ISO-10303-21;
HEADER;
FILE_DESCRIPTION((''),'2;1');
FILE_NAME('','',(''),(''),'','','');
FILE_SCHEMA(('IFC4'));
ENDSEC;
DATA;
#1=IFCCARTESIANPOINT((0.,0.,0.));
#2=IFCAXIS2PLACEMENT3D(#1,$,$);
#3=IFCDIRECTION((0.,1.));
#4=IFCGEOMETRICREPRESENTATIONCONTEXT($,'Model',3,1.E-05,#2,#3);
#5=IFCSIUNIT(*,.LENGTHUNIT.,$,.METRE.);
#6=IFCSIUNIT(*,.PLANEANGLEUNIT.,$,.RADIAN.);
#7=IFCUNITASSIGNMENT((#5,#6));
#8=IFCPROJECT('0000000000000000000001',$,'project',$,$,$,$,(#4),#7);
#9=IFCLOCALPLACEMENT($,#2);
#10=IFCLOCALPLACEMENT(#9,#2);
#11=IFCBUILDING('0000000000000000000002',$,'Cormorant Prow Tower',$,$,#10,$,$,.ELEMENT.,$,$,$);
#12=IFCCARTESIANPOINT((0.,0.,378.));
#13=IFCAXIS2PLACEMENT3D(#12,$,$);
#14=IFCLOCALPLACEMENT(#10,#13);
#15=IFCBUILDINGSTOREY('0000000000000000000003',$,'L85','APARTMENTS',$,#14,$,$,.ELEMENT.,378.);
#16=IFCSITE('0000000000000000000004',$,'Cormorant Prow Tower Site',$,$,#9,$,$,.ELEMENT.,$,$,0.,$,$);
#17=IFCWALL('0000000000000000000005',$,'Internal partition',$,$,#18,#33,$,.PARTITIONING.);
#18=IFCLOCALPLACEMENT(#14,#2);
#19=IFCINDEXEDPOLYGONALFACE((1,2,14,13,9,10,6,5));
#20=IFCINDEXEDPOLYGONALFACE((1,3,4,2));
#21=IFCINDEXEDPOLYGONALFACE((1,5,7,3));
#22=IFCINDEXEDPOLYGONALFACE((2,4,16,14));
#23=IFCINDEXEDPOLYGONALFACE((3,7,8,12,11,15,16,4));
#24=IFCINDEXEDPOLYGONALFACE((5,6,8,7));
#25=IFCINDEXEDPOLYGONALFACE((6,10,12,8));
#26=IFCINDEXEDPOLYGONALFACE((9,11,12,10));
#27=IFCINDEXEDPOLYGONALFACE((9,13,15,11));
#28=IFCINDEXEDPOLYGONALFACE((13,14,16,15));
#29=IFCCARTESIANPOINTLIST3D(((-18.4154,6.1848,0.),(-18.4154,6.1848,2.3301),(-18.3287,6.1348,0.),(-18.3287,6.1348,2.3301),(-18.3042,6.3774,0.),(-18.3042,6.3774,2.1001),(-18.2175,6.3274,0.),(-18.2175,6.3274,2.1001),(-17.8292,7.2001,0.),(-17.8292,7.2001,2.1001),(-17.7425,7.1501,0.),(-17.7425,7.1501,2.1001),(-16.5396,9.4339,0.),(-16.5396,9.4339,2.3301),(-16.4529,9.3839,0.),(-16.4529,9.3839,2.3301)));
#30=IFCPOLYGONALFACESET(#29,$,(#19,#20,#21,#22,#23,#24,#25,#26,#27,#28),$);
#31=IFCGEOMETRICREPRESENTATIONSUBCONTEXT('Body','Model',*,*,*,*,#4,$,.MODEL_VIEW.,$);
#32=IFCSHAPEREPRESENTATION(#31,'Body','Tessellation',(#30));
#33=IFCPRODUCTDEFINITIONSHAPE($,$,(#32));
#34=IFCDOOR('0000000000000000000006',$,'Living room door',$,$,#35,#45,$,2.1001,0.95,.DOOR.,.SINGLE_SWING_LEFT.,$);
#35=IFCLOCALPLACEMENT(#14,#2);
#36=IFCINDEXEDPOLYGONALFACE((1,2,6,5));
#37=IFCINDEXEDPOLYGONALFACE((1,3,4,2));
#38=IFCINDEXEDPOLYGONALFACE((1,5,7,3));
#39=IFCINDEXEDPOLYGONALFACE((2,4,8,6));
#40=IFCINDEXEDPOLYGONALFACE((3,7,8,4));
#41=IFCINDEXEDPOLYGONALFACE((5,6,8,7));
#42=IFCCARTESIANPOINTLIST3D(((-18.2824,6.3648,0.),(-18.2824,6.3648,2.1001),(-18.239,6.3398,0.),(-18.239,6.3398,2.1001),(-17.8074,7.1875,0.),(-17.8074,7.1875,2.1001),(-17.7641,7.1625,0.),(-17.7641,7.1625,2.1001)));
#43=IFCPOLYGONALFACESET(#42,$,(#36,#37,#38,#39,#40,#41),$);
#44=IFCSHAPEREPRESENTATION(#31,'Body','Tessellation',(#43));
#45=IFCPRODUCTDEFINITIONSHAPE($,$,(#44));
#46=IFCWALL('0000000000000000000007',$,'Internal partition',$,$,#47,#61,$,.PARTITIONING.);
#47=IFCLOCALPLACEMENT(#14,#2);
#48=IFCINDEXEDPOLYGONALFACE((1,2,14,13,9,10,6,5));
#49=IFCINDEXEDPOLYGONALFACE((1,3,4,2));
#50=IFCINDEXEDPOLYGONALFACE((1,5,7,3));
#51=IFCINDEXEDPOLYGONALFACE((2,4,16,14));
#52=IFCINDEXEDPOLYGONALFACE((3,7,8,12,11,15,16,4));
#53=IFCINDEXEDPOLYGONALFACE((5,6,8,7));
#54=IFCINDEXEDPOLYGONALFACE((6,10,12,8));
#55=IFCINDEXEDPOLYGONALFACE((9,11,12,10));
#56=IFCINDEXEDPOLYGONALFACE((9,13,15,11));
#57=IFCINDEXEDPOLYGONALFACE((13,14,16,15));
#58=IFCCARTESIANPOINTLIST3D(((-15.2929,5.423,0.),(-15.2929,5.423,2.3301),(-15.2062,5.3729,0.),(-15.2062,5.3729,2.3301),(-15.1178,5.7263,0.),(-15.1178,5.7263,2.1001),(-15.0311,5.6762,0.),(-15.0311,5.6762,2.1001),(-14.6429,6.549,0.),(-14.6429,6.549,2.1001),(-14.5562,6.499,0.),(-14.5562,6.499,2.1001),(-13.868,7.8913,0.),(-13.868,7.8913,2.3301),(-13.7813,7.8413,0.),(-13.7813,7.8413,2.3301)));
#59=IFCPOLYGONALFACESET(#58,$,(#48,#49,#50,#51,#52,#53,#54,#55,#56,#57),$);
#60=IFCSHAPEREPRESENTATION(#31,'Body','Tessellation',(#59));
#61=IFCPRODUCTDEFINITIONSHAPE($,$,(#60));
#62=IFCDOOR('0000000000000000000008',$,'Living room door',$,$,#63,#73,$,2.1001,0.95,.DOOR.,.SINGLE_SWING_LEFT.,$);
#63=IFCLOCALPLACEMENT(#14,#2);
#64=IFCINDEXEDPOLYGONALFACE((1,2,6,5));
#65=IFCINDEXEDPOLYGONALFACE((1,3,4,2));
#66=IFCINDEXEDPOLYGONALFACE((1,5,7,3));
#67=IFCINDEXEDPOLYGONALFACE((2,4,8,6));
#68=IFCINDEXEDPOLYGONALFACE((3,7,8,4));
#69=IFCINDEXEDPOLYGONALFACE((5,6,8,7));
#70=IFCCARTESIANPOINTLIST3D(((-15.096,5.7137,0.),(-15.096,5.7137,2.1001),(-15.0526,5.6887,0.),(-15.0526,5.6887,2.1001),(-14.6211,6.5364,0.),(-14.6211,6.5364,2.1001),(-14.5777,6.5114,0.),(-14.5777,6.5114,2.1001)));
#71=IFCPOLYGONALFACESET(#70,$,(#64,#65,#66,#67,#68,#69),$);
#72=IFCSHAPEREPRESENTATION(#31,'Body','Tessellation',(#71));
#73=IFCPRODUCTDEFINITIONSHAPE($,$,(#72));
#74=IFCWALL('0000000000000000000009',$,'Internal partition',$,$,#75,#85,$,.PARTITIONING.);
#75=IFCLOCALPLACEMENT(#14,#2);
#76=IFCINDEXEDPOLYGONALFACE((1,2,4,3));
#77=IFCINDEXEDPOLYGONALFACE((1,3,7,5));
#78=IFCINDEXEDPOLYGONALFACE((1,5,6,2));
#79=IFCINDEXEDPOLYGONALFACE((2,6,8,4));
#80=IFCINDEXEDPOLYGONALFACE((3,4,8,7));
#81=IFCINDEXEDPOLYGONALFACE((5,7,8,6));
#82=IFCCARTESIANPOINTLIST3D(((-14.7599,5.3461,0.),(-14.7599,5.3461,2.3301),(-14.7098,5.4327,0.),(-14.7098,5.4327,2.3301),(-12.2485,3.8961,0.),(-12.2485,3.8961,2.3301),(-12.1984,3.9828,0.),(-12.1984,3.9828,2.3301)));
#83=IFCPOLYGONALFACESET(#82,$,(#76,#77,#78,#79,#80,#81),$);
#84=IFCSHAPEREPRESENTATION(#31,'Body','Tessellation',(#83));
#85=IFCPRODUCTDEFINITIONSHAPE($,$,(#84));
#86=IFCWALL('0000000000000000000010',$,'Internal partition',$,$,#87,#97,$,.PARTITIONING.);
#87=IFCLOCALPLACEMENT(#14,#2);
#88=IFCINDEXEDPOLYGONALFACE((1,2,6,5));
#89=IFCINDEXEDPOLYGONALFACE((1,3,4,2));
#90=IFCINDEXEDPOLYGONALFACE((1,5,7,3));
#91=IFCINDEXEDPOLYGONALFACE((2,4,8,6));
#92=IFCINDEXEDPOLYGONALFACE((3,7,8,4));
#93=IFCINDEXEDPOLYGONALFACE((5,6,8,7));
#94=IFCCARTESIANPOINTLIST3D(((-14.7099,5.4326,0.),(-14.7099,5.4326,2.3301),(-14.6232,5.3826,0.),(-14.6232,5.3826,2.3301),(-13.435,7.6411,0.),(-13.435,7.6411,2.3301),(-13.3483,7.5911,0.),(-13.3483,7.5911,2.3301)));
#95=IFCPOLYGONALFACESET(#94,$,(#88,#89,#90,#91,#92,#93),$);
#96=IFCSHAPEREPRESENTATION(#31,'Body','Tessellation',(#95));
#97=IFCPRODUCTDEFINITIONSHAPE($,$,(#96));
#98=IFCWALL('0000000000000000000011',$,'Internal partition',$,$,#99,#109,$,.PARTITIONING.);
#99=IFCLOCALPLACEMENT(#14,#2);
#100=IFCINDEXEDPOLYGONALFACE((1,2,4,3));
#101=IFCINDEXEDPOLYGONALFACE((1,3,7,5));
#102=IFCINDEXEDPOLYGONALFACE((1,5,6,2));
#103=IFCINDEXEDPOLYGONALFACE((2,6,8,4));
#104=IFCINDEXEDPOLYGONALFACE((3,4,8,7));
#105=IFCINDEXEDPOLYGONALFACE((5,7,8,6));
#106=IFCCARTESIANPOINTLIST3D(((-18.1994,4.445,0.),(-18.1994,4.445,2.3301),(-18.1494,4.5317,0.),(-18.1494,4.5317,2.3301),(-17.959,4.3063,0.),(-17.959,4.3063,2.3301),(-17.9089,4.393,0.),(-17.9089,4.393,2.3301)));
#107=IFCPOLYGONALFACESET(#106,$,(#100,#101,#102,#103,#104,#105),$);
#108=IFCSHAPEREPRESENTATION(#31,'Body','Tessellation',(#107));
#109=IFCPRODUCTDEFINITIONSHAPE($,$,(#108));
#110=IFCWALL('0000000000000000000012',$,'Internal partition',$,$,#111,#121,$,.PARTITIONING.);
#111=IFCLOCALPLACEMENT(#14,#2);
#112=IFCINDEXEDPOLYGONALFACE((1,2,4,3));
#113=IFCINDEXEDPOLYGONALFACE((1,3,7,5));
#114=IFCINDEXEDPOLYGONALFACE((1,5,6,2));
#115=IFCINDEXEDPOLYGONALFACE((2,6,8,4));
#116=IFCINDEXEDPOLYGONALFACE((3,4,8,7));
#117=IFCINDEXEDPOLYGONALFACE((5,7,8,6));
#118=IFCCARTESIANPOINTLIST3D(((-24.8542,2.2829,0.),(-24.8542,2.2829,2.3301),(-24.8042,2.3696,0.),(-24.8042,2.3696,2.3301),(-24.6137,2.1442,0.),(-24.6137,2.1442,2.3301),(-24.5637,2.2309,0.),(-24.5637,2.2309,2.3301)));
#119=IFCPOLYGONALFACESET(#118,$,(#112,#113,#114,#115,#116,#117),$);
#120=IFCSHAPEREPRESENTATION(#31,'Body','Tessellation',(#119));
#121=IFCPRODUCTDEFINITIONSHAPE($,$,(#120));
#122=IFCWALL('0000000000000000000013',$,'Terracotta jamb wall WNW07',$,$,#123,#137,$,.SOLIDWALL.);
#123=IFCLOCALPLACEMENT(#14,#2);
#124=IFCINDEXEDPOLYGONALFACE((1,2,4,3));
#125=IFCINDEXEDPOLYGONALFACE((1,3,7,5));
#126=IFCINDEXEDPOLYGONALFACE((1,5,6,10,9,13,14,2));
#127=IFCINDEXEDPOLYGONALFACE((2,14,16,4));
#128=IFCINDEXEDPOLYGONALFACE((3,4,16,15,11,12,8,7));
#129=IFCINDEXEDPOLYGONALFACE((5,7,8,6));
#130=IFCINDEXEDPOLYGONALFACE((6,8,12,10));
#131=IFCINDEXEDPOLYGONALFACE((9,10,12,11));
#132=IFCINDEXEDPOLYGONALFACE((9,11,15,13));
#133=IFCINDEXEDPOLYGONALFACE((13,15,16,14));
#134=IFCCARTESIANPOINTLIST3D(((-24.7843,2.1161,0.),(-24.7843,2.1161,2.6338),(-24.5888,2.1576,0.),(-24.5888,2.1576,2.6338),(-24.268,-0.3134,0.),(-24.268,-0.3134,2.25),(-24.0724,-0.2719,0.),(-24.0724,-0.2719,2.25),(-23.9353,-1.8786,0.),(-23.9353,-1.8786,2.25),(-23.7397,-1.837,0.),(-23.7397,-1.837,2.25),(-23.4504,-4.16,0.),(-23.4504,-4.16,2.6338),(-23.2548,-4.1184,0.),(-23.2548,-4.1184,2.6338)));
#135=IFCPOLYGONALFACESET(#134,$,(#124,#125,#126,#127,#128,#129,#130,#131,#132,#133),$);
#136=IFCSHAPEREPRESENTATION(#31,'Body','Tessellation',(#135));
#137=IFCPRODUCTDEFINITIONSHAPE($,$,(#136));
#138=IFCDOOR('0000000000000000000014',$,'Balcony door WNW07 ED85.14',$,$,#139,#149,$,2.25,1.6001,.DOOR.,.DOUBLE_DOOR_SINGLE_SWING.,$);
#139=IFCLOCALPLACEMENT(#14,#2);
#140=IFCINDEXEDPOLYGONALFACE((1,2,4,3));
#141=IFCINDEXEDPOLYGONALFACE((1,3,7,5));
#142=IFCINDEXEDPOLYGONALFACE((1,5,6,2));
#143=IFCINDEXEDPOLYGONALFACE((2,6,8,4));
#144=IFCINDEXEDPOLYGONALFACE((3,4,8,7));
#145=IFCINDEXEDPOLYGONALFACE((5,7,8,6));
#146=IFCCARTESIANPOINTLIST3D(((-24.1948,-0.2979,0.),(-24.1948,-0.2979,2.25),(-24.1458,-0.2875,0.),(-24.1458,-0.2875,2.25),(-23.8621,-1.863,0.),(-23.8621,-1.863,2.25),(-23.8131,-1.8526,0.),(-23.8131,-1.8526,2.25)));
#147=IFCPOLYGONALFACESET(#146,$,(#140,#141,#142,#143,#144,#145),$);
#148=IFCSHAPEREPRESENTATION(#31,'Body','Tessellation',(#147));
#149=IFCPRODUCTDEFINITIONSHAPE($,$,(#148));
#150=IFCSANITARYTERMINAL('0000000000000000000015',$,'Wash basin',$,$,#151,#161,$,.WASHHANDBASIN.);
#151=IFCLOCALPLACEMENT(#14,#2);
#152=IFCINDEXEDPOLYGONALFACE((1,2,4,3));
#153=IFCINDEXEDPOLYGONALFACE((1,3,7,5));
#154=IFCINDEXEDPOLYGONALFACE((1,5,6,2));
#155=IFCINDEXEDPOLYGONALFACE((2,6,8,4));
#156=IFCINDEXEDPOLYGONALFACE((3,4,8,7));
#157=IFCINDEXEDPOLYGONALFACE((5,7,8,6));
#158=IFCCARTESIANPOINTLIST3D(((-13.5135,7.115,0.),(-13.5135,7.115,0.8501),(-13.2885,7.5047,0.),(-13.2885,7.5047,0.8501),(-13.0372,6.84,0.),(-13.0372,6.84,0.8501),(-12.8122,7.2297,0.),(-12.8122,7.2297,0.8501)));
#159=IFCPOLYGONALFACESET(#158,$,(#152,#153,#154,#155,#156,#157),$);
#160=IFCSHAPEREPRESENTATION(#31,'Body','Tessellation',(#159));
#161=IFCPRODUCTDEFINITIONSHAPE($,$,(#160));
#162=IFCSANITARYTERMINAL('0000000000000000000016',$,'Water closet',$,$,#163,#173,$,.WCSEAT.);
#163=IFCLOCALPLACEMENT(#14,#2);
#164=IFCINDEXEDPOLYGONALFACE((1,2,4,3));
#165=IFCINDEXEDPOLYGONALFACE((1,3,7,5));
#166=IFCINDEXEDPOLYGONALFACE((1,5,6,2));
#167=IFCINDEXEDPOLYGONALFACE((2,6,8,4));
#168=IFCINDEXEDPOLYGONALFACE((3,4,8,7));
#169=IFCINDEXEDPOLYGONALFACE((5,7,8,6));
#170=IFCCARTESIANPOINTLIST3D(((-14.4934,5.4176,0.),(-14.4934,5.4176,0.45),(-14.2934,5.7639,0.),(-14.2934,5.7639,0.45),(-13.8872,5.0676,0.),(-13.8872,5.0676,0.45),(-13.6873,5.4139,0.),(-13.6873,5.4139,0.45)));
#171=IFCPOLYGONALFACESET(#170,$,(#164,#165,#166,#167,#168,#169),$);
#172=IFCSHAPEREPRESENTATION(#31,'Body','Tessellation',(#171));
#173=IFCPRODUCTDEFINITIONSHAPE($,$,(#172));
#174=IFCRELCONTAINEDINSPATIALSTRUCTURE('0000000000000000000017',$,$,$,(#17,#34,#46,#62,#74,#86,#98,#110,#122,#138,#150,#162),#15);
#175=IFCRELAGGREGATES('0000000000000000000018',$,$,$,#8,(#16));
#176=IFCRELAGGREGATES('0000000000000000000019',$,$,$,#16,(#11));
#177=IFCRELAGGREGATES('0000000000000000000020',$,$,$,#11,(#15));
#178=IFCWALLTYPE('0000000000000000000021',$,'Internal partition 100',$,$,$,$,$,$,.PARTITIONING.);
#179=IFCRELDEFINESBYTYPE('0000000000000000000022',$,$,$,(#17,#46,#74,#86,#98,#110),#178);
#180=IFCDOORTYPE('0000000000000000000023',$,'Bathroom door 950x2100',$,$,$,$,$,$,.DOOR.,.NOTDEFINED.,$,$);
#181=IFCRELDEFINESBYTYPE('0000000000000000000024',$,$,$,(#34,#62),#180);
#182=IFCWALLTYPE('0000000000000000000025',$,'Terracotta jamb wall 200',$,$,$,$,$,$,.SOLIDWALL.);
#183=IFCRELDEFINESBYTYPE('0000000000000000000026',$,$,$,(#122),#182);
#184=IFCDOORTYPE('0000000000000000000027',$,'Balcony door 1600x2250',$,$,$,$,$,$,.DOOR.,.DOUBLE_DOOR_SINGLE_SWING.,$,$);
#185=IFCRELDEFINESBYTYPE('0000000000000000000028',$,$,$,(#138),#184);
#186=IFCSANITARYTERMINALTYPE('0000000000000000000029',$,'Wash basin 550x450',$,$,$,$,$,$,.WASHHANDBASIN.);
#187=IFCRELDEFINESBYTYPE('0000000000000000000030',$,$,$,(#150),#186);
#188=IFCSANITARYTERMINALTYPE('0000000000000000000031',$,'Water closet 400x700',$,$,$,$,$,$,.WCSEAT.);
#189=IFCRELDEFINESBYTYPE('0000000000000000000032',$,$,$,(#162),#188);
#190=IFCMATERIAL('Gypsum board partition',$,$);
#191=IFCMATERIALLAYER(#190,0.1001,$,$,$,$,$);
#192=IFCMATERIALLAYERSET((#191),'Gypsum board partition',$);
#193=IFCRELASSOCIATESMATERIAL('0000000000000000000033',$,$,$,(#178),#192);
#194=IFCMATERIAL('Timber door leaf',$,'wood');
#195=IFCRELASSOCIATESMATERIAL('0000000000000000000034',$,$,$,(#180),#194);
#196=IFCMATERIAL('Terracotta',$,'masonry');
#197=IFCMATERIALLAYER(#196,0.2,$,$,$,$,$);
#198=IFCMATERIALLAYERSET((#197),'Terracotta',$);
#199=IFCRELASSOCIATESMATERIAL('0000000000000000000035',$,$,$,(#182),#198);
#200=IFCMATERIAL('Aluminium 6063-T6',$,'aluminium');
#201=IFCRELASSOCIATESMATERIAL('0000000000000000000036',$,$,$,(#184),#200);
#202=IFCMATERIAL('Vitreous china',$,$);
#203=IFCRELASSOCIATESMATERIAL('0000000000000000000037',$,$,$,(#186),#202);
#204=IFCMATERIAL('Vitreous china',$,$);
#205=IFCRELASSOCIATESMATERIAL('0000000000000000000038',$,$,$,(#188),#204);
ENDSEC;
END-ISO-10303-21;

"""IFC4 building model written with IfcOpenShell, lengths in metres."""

from ifc_helpers import new_model, si_unit, direction, frame, frame_2d, origin, origin_2d, place, context, subcontext, project, spatial, rectangle, extrude, material, layer, layer_set, type_object, element, fill, save


model = new_model("IFC4")

# Units and contexts
model_context = context("Model", 3, precision=1e-05, world=origin(), true_north=direction((0.0, 1.0)))
body_context = subcontext(model_context, "Body", "Model", "MODEL_VIEW")
ifc_project = project(units=[si_unit("LENGTHUNIT", "METRE"), si_unit("PLANEANGLEUNIT", "RADIAN")], contexts=[model_context])

# Site, building, storey
site_placement = place(None, origin())
site = spatial("IfcSite", under=ifc_project, at=site_placement, Name="Cormorant Prow Tower Site", CompositionType="ELEMENT", RefElevation=0.0)
building_placement = place(site_placement, origin())
building = spatial("IfcBuilding", under=site, at=building_placement, Name="Cormorant Prow Tower", CompositionType="ELEMENT")
storey_placement = place(building_placement, frame((0.0, 0.0, 378.0)))
storey = spatial("IfcBuildingStorey", under=building, at=storey_placement, Name="L85", Description="APARTMENTS", CompositionType="ELEMENT", Elevation=378.0)

# Shared definitions
ifc_material_1 = material(Name="Gypsum board partition")
ifc_layer_1 = layer(ifc_material_1, 0.1001)
ifc_layer_set_1 = layer_set([ifc_layer_1], Name="Gypsum board partition")
wall_type_1 = type_object("IfcWallType", Name="Internal partition 100", PredefinedType="PARTITIONING", material=ifc_layer_set_1)
ifc_material_2 = material(Name="Timber door leaf", Category="wood")
door_type_1 = type_object("IfcDoorType", Name="Bathroom door 950x2100", OperationType="NOTDEFINED", PredefinedType="DOOR", material=ifc_material_2)

# Walls, openings, doors
wall_1_placement = place(storey_placement, frame((-18.3721, 6.1597, 0.0), z_axis=(0.0, 0.0, 1.0), x_axis=(0.499982, 0.866036, 0.0)))
wall_1 = element("IfcWall", 1, at=wall_1_placement, inside=storey, type_object=wall_type_1, Name="Internal partition", PredefinedType="PARTITIONING", context=body_context, shape_type="SweptSolid", body=[
    extrude(rectangle(XDim=3.7517, YDim=0.1001, at=frame_2d((1.876, 0.0))), origin(), (0.0, 0.0, 1.0), 2.3301),
])
opening_1_placement = place(wall_1_placement, frame((0.2224, 0.0, 0.0)))
opening_1 = element("IfcOpeningElement", 2, at=opening_1_placement, cuts=wall_1, PredefinedType="OPENING", context=body_context, shape_type="SweptSolid", body=[
    extrude(rectangle(XDim=0.95, YDim=2.1001, at=frame_2d((0.4751, 1.05))), frame((0.0, 0.0601, 0.0), z_axis=(0.0, -1.0, 0.0), x_axis=(1.0, 0.0, 0.0)), (0.0, 0.0, 1.0), 0.1201),
])
door_1_placement = place(opening_1_placement, origin())
door_1 = element("IfcDoor", 3, at=door_1_placement, inside=storey, type_object=door_type_1, Name="Living room door", OperationType="SINGLE_SWING_LEFT", OverallHeight=2.1001, OverallWidth=0.95, PredefinedType="DOOR", context=body_context, shape_type="SweptSolid", body=[
    extrude(rectangle(XDim=0.95, YDim=2.1001, at=frame_2d((0.4751, 1.05))), frame((0.0, 0.0249, 0.0), z_axis=(0.0, -1.0, 0.0), x_axis=(1.0, 0.0, 0.0)), (0.0, 0.0, 1.0), 0.05),
])
fill(opening_1, door_1)
wall_2_placement = place(storey_placement, frame((-15.2495, 5.3979, 0.0), z_axis=(0.0, 0.0, 1.0), x_axis=(0.499935, 0.866063, 0.0)))
wall_2 = element("IfcWall", 4, at=wall_2_placement, inside=storey, type_object=wall_type_1, Name="Internal partition", PredefinedType="PARTITIONING", context=body_context, shape_type="SweptSolid", body=[
    extrude(rectangle(XDim=2.8501, YDim=0.1001, at=frame_2d((1.425, 0.0))), origin(), (0.0, 0.0, 1.0), 2.3301),
])
opening_2_placement = place(wall_2_placement, frame((0.3501, 0.0, 0.0)))
opening_2 = element("IfcOpeningElement", 5, at=opening_2_placement, cuts=wall_2, PredefinedType="OPENING", context=body_context, shape_type="SweptSolid", body=[
    extrude(rectangle(XDim=0.95, YDim=2.1001, at=frame_2d((0.4751, 1.05))), frame((0.0, 0.0601, 0.0), z_axis=(0.0, -1.0, 0.0), x_axis=(1.0, 0.0, 0.0)), (0.0, 0.0, 1.0), 0.1201),
])
door_2_placement = place(opening_2_placement, origin())
door_2 = element("IfcDoor", 6, at=door_2_placement, inside=storey, type_object=door_type_1, Name="Living room door", OperationType="SINGLE_SWING_LEFT", OverallHeight=2.1001, OverallWidth=0.95, PredefinedType="DOOR", context=body_context, shape_type="SweptSolid", body=[
    extrude(rectangle(XDim=0.95, YDim=2.1001, at=frame_2d((0.4751, 1.05))), frame((0.0, 0.0249, 0.0), z_axis=(0.0, -1.0, 0.0), x_axis=(1.0, 0.0, 0.0)), (0.0, 0.0, 1.0), 0.05),
])
fill(opening_2, door_2)

# Walls
wall_3_placement = place(storey_placement, frame((-14.7349, 5.3894, 0.0), z_axis=(0.0, 0.0, 1.0), x_axis=(0.866033, -0.499987, 0.0)))
element("IfcWall", 7, at=wall_3_placement, inside=storey, type_object=wall_type_1, Name="Internal partition", PredefinedType="PARTITIONING", context=body_context, shape_type="SweptSolid", body=[
    extrude(rectangle(XDim=2.8999, YDim=0.1001, at=frame_2d((1.45, 0.0))), origin(), (0.0, 0.0, 1.0), 2.3301),
])
wall_4_placement = place(storey_placement, frame((-14.6665, 5.4077, 0.0), z_axis=(0.0, 0.0, 1.0), x_axis=(0.499949, 0.866055, 0.0)))
element("IfcWall", 8, at=wall_4_placement, inside=storey, type_object=wall_type_1, Name="Internal partition", PredefinedType="PARTITIONING", context=body_context, shape_type="SweptSolid", body=[
    extrude(rectangle(XDim=2.55, YDim=0.1001, at=frame_2d((1.2749, 0.0))), origin(), (0.0, 0.0, 1.0), 2.3301),
])
for number, where, z_axis, x_axis, name in (
    (9, (-18.1743, 4.4883, 0.0), (0.0, 0.0, 1.0), (0.866288, -0.499545, 0.0), "Internal partition"),
    (10, (-24.8291, 2.3262, 0.0), (0.0, 0.0, 1.0), (0.866288, -0.499545, 0.0), "Internal partition"),
):
    element("IfcWall", number, at=place(storey_placement, frame(where, z_axis=z_axis, x_axis=x_axis)), inside=storey, type_object=wall_type_1, Name=name, PredefinedType="PARTITIONING", context=body_context, shape_type="SweptSolid", body=[
        extrude(rectangle(XDim=0.2776, YDim=0.1001, at=frame_2d((0.1387, 0.0))), origin(), (0.0, 0.0, 1.0), 2.3301),
    ])

# Wall, opening, door
ifc_material_3 = material(Name="Terracotta", Category="masonry")
ifc_layer_2 = layer(ifc_material_3, 0.2)
ifc_layer_set_2 = layer_set([ifc_layer_2], Name="Terracotta")
wall_type_2 = type_object("IfcWallType", Name="Terracotta jamb wall 200", PredefinedType="SOLIDWALL", material=ifc_layer_set_2)
wall_5_placement = place(storey_placement, frame((-24.6865, 2.1367, 0.0), z_axis=(0.0, 0.0, 1.0), x_axis=(0.207905, -0.978149, 0.0)))
wall_5 = element("IfcWall", 11, at=wall_5_placement, inside=storey, type_object=wall_type_2, Name="Terracotta jamb wall WNW07", PredefinedType="SOLIDWALL", context=body_context, shape_type="SweptSolid", body=[
    extrude(rectangle(XDim=6.4163, YDim=0.2, at=frame_2d((3.208, 0.0))), origin(), (0.0, 0.0, 1.0), 2.6338),
])
opening_3_placement = place(wall_5_placement, frame((2.4836, 0.0, 0.0)))
opening_3 = element("IfcOpeningElement", 12, at=opening_3_placement, cuts=wall_5, PredefinedType="OPENING", context=body_context, shape_type="SweptSolid", body=[
    extrude(rectangle(XDim=1.6001, YDim=2.25, at=frame_2d((0.8, 1.125))), frame((0.0, 0.1099, 0.0), z_axis=(0.0, -1.0, 0.0), x_axis=(1.0, 0.0, 0.0)), (0.0, 0.0, 1.0), 0.22),
])
ifc_material_4 = material(Name="Aluminium 6063-T6", Category="aluminium")
door_type_2 = type_object("IfcDoorType", Name="Balcony door 1600x2250", OperationType="DOUBLE_DOOR_SINGLE_SWING", PredefinedType="DOOR", material=ifc_material_4)
door_3_placement = place(opening_3_placement, origin())
door_3 = element("IfcDoor", 13, at=door_3_placement, inside=storey, type_object=door_type_2, Name="Balcony door WNW07 ED85.14", OperationType="DOUBLE_DOOR_SINGLE_SWING", OverallHeight=2.25, OverallWidth=1.6001, PredefinedType="DOOR", context=body_context, shape_type="SweptSolid", body=[
    extrude(rectangle(XDim=1.6001, YDim=2.25, at=frame_2d((0.8, 1.125))), frame((0.0, 0.0249, 0.0), z_axis=(0.0, -1.0, 0.0), x_axis=(1.0, 0.0, 0.0)), (0.0, 0.0, 1.0), 0.05),
])
fill(opening_3, door_3)

# Sanitary terminals
ifc_material_5 = material(Name="Vitreous china")
sanitary_terminal_type_1 = type_object("IfcSanitaryTerminalType", Name="Wash basin 550x450", PredefinedType="WASHHANDBASIN", material=ifc_material_5)
sanitary_terminal_1_placement = place(storey_placement, frame((-13.1628, 7.1724, 0.0), z_axis=(0.0, 0.0, 1.0), x_axis=(0.866025, -0.5, 0.0)))
element("IfcSanitaryTerminal", 14, at=sanitary_terminal_1_placement, inside=storey, type_object=sanitary_terminal_type_1, Name="Wash basin", PredefinedType="WASHHANDBASIN", context=body_context, shape_type="SweptSolid", body=[
    extrude(rectangle(XDim=0.55, YDim=0.45, at=origin_2d()), origin(), (0.0, 0.0, 1.0), 0.8501),
])
ifc_material_6 = material(Name="Vitreous china")
sanitary_terminal_type_2 = type_object("IfcSanitaryTerminalType", Name="Water closet 400x700", PredefinedType="WCSEAT", material=ifc_material_6)
sanitary_terminal_2_placement = place(storey_placement, frame((-14.0903, 5.4158, 0.0), z_axis=(0.0, 0.0, 1.0), x_axis=(0.5, 0.866025, 0.0)))
element("IfcSanitaryTerminal", 15, at=sanitary_terminal_2_placement, inside=storey, type_object=sanitary_terminal_type_2, Name="Water closet", PredefinedType="WCSEAT", context=body_context, shape_type="SweptSolid", body=[
    extrude(rectangle(XDim=0.3999, YDim=0.7, at=origin_2d()), origin(), (0.0, 0.0, 1.0), 0.45),
])

save(model, "model.ifc")
